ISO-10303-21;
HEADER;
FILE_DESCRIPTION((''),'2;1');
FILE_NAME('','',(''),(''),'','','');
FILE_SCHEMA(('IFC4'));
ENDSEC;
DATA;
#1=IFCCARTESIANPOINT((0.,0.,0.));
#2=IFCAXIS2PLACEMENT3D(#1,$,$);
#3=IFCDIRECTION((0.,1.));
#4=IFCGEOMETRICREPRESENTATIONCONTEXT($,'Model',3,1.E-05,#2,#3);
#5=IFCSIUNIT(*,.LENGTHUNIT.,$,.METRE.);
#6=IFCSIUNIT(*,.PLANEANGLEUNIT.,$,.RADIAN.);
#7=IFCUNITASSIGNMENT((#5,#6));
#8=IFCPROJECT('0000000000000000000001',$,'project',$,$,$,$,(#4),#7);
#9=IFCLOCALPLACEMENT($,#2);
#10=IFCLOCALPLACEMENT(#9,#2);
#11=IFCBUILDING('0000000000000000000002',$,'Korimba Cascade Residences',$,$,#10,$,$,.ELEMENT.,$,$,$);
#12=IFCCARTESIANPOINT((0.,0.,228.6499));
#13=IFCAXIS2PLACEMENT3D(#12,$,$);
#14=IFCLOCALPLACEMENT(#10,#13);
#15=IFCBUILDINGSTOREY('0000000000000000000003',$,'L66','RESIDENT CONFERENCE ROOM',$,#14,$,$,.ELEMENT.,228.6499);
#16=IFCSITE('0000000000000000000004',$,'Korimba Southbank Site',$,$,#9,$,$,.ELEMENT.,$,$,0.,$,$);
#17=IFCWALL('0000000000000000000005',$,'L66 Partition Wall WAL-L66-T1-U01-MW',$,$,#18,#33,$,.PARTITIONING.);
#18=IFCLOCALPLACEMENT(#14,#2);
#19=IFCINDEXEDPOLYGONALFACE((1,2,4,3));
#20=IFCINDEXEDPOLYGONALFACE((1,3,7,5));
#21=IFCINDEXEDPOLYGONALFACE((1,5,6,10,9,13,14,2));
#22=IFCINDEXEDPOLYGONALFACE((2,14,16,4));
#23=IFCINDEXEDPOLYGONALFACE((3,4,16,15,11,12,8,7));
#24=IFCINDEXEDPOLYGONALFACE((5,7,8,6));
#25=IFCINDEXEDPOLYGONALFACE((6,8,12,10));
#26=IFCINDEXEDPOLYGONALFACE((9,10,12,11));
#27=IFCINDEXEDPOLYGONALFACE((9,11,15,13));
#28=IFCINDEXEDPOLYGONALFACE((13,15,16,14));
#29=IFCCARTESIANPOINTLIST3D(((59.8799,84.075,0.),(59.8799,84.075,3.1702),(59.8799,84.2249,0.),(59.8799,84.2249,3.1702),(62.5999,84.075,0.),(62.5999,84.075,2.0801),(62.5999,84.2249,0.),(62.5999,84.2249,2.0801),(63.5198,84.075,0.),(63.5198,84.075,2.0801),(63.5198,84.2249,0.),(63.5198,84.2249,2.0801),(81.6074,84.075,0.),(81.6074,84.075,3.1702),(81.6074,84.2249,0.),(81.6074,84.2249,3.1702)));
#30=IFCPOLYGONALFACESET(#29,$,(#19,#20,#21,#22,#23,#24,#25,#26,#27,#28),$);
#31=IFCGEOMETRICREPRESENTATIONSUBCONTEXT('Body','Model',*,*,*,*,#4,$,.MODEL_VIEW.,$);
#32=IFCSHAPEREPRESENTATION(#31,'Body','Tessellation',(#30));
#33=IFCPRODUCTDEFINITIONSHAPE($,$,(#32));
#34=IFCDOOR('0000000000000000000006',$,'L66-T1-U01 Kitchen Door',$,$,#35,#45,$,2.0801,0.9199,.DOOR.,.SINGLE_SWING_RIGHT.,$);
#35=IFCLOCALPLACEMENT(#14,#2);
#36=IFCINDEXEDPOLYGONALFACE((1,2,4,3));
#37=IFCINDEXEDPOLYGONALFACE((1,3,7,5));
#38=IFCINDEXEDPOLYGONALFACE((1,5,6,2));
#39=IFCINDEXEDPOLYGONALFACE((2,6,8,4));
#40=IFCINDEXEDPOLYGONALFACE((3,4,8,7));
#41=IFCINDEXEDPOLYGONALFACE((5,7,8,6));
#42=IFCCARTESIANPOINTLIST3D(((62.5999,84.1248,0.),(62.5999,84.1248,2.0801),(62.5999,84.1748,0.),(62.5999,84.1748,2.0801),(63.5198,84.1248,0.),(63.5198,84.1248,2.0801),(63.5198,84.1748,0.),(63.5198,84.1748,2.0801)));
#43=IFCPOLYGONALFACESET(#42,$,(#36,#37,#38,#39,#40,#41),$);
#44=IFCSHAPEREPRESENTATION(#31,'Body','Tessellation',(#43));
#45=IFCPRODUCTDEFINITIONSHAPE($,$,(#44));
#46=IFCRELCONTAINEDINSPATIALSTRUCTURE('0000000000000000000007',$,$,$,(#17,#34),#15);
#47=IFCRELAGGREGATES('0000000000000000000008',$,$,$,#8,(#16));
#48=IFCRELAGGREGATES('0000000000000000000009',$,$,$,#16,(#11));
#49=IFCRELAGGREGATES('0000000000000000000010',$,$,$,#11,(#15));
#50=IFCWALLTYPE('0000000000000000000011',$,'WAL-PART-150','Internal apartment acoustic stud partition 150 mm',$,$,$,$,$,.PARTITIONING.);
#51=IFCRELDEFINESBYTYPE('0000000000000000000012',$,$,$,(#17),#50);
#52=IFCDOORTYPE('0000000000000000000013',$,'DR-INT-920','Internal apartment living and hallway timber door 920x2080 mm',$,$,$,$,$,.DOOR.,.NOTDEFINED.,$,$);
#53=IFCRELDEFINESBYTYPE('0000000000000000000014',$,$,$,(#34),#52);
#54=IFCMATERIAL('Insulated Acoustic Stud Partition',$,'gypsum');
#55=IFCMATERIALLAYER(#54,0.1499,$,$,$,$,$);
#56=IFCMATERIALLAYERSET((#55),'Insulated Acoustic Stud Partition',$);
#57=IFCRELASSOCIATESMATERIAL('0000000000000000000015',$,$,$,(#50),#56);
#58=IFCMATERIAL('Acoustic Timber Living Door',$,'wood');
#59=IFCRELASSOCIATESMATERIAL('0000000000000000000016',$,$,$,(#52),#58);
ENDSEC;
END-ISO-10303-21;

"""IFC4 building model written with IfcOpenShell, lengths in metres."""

from ifc_helpers import new_model, si_unit, direction, frame, frame_2d, origin, place, context, subcontext, project, spatial, rectangle, extrude, material, layer, layer_set, type_object, element, fill, save


model = new_model("IFC4")

# Units and contexts
model_context = context("Model", 3, precision=1e-05, world=origin(), true_north=direction((0.0, 1.0)))
body_context = subcontext(model_context, "Body", "Model", "MODEL_VIEW")
ifc_project = project(units=[si_unit("LENGTHUNIT", "METRE"), si_unit("PLANEANGLEUNIT", "RADIAN")], contexts=[model_context])

# Site, building, storey
site_placement = place(None, origin())
site = spatial("IfcSite", under=ifc_project, at=site_placement, Name="Korimba Southbank Site", CompositionType="ELEMENT", RefElevation=0.0)
building_placement = place(site_placement, origin())
building = spatial("IfcBuilding", under=site, at=building_placement, Name="Korimba Cascade Residences", CompositionType="ELEMENT")
storey_placement = place(building_placement, frame((0.0, 0.0, 228.6499)))
storey = spatial("IfcBuildingStorey", under=building, at=storey_placement, Name="L66", Description="RESIDENT CONFERENCE ROOM", CompositionType="ELEMENT", Elevation=228.6499)

# Wall, opening, door
ifc_material_1 = material(Name="Insulated Acoustic Stud Partition", Category="gypsum")
ifc_layer_1 = layer(ifc_material_1, 0.1499)
ifc_layer_set_1 = layer_set([ifc_layer_1], Name="Insulated Acoustic Stud Partition")
wall_type_1 = type_object("IfcWallType", Name="WAL-PART-150", Description="Internal apartment acoustic stud partition 150 mm", PredefinedType="PARTITIONING", material=ifc_layer_set_1)
wall_1_placement = place(storey_placement, frame((59.8799, 84.1499, 0.0), z_axis=(0.0, 0.0, 1.0), x_axis=(1.0, 0.0, 0.0)))
wall_1 = element("IfcWall", 1, at=wall_1_placement, inside=storey, type_object=wall_type_1, Name="L66 Partition Wall WAL-L66-T1-U01-MW", PredefinedType="PARTITIONING", context=body_context, shape_type="SweptSolid", body=[
    extrude(rectangle(XDim=21.7275, YDim=0.1499, at=frame_2d((10.8638, 0.0))), origin(), (0.0, 0.0, 1.0), 3.1702),
])
opening_1_placement = place(wall_1_placement, frame((2.72, 0.0, 0.0)))
opening_1 = element("IfcOpeningElement", 2, at=opening_1_placement, cuts=wall_1, PredefinedType="OPENING", context=body_context, shape_type="SweptSolid", body=[
    extrude(rectangle(XDim=0.9199, YDim=2.0801, at=frame_2d((0.46, 1.04))), frame((0.0, 0.085, 0.0), z_axis=(0.0, -1.0, 0.0), x_axis=(1.0, 0.0, 0.0)), (0.0, 0.0, 1.0), 0.1699),
])
ifc_material_2 = material(Name="Acoustic Timber Living Door", Category="wood")
door_type_1 = type_object("IfcDoorType", Name="DR-INT-920", Description="Internal apartment living and hallway timber door 920x2080 mm", OperationType="NOTDEFINED", PredefinedType="DOOR", material=ifc_material_2)
door_1_placement = place(opening_1_placement, origin())
door_1 = element("IfcDoor", 3, at=door_1_placement, inside=storey, type_object=door_type_1, Name="L66-T1-U01 Kitchen Door", OperationType="SINGLE_SWING_RIGHT", OverallHeight=2.0801, OverallWidth=0.9199, PredefinedType="DOOR", context=body_context, shape_type="SweptSolid", body=[
    extrude(rectangle(XDim=0.9199, YDim=2.0801, at=frame_2d((0.46, 1.04))), frame((0.0, 0.0249, 0.0), z_axis=(0.0, -1.0, 0.0), x_axis=(1.0, 0.0, 0.0)), (0.0, 0.0, 1.0), 0.05),
])
fill(opening_1, door_1)

save(model, "model.ifc")
